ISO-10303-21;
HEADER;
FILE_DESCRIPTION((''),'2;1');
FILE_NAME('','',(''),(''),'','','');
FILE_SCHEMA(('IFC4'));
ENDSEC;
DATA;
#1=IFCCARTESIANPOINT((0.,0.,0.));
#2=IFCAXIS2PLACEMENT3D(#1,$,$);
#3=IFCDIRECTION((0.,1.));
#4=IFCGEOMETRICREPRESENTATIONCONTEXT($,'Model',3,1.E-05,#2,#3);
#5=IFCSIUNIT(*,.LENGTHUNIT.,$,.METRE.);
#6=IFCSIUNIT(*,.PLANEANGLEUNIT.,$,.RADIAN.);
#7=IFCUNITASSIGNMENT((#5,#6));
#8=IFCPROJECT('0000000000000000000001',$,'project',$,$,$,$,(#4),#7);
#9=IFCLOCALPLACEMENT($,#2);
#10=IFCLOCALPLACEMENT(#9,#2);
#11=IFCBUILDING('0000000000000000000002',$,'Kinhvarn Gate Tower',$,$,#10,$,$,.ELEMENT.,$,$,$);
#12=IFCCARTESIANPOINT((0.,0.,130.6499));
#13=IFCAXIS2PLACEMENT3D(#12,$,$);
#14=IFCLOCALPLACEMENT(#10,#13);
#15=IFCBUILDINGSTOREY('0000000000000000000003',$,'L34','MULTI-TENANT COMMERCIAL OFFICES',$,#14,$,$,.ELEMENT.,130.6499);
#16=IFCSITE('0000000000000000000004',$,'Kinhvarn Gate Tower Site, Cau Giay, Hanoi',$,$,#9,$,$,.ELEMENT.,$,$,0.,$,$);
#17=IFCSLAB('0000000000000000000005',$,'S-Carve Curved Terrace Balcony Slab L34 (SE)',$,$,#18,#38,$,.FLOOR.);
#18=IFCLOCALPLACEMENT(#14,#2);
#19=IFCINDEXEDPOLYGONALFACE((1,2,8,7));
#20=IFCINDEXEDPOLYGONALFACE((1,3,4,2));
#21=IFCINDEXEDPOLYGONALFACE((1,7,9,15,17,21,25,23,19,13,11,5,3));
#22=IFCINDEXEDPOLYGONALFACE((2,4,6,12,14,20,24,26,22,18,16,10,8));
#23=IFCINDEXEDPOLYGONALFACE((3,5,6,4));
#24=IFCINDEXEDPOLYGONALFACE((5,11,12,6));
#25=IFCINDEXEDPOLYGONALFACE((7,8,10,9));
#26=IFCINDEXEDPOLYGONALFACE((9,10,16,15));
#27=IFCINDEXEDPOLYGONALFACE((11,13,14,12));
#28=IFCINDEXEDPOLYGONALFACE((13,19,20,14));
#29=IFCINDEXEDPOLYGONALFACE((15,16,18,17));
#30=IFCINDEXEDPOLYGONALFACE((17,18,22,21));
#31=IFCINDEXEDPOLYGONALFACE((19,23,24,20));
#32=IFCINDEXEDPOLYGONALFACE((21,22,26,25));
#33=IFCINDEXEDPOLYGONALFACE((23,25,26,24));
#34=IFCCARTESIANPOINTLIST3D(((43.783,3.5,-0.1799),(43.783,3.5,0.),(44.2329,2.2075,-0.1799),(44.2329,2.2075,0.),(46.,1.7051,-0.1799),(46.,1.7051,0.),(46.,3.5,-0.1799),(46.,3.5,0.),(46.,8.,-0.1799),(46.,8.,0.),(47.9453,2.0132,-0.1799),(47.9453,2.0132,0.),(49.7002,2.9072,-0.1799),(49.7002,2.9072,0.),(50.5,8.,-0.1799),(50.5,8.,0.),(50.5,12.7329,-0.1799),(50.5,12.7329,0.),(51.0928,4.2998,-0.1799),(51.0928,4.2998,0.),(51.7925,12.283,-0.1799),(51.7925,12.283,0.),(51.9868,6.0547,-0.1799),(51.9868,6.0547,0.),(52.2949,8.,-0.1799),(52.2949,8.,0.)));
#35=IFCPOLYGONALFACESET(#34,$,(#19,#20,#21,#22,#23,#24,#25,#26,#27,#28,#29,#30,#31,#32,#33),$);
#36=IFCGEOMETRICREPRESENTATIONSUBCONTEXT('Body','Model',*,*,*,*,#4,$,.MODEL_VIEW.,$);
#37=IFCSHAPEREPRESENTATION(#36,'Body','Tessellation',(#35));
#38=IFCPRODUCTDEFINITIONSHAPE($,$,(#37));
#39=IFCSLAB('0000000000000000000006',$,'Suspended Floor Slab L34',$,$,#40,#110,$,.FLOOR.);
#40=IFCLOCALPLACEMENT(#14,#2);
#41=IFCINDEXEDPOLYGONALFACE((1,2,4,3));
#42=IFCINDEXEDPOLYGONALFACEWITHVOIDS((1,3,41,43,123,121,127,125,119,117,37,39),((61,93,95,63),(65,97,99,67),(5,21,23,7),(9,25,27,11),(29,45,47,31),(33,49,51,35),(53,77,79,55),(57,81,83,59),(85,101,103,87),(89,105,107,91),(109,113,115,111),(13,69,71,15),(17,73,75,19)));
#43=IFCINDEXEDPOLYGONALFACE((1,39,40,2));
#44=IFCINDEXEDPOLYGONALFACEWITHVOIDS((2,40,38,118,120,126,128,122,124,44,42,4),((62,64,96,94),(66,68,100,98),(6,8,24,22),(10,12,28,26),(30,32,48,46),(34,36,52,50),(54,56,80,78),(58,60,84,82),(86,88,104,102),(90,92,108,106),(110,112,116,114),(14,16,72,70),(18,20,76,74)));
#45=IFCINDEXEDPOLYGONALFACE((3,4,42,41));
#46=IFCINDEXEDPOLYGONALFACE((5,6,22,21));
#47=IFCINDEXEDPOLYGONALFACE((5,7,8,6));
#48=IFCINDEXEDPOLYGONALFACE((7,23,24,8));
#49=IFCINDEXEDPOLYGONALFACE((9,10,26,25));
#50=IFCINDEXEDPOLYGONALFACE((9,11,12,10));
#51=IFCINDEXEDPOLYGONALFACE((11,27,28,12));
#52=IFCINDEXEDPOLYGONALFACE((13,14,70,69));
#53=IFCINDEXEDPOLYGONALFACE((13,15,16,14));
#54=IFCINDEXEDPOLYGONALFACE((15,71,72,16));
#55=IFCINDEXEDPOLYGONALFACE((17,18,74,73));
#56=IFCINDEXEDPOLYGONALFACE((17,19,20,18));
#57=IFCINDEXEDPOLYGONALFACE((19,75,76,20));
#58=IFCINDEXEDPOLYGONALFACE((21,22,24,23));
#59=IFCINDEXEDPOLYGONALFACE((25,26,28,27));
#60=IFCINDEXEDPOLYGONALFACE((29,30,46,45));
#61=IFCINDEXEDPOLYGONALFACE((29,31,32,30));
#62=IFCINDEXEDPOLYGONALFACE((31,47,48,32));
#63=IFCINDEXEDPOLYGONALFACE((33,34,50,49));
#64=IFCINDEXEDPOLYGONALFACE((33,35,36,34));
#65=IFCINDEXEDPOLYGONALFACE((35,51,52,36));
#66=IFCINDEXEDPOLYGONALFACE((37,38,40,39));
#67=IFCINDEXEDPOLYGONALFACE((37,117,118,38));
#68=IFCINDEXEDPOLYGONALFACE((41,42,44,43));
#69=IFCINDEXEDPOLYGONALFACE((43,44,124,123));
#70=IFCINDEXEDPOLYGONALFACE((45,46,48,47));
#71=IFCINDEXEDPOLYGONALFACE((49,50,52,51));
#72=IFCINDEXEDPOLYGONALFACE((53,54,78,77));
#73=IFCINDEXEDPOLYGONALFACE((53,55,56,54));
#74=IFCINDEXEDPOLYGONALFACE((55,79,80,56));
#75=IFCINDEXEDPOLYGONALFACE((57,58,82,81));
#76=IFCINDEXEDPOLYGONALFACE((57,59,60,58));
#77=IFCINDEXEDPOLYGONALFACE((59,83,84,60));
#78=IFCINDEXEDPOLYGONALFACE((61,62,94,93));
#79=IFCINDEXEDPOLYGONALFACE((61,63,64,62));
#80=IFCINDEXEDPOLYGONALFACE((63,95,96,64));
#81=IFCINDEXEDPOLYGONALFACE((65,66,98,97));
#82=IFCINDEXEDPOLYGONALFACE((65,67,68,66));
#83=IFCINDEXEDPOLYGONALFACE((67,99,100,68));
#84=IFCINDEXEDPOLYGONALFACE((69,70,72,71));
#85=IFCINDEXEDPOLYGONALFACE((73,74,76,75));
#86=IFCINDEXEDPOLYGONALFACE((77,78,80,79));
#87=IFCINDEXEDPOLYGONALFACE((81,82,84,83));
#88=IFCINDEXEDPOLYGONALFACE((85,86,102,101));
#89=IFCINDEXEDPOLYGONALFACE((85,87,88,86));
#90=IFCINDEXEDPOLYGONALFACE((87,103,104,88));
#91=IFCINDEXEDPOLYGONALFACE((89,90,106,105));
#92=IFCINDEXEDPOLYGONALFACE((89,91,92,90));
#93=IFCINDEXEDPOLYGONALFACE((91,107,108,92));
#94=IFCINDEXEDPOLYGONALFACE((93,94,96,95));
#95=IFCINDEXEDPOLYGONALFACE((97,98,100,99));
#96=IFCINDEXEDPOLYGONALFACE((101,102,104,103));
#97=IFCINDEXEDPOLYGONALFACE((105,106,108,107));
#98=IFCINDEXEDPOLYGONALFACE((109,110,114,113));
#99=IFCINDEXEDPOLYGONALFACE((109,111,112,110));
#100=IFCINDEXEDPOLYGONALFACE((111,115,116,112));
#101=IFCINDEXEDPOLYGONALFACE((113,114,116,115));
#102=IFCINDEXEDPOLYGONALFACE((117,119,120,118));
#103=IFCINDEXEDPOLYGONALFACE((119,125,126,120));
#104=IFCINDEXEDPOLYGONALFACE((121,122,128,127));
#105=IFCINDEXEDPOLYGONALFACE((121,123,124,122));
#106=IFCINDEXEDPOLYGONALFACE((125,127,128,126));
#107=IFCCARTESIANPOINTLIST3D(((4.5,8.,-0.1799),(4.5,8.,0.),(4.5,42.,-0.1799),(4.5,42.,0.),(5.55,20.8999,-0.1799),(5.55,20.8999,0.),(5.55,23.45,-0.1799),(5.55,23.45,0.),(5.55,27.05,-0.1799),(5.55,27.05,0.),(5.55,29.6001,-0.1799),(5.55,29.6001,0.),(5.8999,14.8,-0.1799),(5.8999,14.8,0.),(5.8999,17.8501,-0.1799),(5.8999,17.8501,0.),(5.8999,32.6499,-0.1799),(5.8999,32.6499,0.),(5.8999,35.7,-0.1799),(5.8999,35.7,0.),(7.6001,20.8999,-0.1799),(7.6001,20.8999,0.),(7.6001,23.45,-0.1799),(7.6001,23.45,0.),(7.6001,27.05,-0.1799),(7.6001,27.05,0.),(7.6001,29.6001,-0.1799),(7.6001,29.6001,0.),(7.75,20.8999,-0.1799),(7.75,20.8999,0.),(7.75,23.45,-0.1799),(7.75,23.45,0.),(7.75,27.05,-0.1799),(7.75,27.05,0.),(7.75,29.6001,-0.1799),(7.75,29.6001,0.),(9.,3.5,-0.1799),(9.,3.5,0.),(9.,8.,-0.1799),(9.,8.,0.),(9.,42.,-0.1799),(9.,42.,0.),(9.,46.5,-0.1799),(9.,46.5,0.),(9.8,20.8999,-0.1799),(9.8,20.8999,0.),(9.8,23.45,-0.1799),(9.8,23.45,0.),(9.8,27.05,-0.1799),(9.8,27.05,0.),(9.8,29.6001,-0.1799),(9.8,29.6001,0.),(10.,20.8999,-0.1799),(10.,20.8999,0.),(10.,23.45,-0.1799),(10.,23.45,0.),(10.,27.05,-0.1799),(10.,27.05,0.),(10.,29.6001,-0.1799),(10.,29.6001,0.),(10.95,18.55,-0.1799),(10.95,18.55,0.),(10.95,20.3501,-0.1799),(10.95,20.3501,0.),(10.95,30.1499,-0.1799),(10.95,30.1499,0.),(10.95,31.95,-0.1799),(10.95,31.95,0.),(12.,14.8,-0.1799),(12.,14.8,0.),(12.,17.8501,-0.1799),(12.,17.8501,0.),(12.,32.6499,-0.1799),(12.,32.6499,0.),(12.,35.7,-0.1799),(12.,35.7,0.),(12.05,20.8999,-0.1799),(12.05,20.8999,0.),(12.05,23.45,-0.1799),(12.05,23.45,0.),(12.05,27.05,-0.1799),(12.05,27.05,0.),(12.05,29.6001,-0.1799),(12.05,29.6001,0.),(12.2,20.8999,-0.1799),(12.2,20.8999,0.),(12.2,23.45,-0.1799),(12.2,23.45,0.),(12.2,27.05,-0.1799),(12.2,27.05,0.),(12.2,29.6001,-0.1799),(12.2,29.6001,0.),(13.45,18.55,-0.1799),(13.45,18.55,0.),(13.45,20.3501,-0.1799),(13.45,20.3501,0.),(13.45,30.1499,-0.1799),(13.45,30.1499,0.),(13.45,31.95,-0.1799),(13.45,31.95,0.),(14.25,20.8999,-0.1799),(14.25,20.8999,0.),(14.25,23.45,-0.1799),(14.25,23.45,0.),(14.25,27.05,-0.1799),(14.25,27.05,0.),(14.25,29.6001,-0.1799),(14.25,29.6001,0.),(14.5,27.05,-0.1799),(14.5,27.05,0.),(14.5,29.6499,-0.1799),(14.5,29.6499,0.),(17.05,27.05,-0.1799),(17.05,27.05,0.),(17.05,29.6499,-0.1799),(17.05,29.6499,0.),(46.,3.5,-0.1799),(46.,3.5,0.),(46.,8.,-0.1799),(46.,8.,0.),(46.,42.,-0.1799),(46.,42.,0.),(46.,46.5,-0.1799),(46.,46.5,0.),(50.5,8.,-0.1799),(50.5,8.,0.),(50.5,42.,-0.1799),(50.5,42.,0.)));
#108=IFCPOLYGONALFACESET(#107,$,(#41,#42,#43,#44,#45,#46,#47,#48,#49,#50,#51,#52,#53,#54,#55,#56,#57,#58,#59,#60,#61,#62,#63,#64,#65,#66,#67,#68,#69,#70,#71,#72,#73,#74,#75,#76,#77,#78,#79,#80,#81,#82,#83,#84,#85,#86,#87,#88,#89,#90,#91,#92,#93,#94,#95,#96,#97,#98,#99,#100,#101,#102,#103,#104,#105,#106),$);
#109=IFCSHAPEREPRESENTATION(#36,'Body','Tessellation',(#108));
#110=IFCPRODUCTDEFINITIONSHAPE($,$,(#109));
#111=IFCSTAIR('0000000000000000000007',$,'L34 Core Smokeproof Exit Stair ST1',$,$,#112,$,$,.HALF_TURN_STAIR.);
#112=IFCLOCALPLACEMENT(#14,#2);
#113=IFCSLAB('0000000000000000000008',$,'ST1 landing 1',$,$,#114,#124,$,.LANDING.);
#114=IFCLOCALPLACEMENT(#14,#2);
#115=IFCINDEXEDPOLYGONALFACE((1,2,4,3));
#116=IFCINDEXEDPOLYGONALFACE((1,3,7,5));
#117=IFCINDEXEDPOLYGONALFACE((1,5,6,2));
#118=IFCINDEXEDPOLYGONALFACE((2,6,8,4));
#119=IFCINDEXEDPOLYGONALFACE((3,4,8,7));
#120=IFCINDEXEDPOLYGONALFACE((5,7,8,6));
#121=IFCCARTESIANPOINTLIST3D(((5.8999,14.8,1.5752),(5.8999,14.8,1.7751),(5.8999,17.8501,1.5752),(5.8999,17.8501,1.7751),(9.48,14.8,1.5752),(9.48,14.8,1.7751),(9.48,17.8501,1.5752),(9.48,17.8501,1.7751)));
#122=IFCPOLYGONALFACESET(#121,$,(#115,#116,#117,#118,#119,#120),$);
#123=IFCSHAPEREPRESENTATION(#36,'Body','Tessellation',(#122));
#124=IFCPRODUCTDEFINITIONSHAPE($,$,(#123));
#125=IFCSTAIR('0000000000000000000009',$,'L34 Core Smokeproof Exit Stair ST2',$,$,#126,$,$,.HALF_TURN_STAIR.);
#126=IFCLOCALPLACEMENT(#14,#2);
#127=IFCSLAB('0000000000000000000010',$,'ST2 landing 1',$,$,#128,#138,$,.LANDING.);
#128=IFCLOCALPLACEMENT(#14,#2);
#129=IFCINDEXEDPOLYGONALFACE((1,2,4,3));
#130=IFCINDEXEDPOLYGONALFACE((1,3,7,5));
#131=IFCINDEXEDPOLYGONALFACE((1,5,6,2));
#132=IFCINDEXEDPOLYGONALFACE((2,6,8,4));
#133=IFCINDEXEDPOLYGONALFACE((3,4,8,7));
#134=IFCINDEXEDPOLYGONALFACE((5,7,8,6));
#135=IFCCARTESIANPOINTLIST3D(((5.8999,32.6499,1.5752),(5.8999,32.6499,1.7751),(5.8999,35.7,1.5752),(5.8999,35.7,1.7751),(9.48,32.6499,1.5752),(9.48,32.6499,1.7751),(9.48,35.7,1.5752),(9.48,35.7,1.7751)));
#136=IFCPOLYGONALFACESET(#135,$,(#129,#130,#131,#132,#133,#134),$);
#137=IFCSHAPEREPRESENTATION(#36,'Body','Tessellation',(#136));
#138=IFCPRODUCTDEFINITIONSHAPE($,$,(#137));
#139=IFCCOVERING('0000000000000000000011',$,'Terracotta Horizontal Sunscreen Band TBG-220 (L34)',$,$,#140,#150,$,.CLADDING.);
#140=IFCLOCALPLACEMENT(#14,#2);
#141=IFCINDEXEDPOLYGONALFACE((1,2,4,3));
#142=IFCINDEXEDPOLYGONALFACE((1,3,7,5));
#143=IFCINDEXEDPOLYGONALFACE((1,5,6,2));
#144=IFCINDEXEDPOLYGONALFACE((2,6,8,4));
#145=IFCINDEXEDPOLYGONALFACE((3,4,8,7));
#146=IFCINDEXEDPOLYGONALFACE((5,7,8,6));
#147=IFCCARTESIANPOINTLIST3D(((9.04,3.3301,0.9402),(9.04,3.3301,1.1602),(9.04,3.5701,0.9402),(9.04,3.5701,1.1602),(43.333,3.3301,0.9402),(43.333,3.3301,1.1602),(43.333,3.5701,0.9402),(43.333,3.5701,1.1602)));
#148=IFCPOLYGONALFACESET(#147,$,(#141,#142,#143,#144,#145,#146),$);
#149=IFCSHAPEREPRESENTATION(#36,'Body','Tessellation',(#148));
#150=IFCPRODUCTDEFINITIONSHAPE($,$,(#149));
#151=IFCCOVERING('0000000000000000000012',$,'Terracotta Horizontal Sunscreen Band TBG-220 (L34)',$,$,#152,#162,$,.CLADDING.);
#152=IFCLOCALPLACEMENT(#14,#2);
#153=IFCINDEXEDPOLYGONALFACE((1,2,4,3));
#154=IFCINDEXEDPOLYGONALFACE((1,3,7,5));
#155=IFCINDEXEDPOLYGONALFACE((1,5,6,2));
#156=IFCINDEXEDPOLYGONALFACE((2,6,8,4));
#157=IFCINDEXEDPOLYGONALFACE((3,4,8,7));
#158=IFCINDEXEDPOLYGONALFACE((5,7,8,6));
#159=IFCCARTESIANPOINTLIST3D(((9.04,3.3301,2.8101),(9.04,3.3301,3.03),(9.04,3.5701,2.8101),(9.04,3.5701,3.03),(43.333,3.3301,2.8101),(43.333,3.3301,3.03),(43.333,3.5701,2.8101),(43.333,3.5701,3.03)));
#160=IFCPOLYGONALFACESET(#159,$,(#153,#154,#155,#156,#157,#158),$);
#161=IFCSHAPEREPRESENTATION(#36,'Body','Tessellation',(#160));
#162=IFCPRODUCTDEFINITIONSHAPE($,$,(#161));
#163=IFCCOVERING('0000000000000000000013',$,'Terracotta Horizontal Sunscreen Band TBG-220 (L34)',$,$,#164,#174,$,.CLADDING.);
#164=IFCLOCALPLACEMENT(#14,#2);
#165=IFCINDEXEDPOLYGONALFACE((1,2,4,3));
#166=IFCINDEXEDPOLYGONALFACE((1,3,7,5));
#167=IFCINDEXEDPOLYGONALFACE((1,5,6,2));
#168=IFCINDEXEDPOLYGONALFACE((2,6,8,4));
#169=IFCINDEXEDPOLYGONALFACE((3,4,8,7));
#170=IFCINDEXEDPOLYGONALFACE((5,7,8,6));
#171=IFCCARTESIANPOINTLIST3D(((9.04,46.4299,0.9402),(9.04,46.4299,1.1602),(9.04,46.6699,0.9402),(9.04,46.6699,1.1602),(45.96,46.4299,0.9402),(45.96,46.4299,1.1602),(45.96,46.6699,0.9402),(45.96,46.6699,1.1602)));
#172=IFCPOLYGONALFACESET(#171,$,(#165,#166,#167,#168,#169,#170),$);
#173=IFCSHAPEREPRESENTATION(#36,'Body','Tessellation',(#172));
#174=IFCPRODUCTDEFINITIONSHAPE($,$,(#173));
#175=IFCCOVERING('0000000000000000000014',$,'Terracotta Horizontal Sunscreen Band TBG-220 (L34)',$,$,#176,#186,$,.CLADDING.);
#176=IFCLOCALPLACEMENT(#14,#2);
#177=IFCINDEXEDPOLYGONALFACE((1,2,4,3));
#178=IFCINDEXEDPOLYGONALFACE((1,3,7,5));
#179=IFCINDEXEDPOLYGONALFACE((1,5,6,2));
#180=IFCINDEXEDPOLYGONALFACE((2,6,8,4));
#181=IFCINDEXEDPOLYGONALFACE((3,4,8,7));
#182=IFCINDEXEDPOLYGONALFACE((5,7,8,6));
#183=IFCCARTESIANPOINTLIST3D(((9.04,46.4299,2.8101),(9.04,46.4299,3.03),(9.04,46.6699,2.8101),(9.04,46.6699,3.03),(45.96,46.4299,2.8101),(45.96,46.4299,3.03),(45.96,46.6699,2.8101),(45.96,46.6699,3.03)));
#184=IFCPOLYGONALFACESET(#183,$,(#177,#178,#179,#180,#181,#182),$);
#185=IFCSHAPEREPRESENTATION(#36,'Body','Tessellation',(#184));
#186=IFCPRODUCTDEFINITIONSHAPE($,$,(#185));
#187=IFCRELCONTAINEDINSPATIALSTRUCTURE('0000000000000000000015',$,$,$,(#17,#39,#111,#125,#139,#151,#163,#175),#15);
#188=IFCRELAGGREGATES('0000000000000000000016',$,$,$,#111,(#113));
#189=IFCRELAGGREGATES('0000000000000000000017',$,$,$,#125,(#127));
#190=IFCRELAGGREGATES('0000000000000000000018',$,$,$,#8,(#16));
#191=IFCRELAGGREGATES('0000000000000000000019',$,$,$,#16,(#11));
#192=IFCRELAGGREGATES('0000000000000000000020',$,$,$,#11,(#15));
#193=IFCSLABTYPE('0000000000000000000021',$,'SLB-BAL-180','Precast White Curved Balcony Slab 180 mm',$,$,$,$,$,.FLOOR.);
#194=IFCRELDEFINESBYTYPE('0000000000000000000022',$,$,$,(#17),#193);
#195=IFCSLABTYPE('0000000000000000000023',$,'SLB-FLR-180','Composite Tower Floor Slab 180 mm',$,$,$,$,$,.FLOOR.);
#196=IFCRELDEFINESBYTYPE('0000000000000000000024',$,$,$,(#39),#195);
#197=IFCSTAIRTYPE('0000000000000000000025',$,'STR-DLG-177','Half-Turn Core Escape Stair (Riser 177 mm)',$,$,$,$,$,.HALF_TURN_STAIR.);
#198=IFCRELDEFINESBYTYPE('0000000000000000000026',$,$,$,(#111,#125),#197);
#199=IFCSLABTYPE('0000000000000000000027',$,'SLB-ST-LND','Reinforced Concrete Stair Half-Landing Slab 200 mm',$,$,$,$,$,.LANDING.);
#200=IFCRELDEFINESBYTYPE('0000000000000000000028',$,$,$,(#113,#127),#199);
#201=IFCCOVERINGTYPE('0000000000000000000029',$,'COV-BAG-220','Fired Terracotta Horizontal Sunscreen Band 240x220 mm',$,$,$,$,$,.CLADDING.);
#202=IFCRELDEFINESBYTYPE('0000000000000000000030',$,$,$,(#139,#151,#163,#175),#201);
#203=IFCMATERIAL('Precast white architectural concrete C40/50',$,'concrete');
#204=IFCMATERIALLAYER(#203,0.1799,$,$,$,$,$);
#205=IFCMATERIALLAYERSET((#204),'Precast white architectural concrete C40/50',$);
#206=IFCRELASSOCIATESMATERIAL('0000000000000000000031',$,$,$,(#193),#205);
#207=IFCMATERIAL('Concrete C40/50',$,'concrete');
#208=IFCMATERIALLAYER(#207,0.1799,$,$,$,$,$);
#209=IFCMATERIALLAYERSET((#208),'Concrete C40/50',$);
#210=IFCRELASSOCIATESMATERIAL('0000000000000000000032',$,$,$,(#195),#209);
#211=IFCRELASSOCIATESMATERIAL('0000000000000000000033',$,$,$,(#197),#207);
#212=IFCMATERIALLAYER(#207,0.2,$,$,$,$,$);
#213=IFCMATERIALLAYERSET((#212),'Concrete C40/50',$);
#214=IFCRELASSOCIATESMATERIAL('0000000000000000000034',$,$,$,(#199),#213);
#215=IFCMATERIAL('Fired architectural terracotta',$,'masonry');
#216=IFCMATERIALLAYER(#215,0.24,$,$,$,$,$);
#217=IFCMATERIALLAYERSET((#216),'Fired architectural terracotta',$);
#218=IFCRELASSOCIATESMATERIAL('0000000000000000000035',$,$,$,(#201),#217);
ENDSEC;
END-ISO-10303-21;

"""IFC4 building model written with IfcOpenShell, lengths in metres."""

from ifc_helpers import new_model, si_unit, direction, frame, origin, place, context, subcontext, project, spatial, polyline, outline, extrude, material, layer, layer_set, type_object, element, aggregate, save


model = new_model("IFC4")

# Units and contexts
model_context = context("Model", 3, precision=1e-05, world=origin(), true_north=direction((0.0, 1.0)))
body_context = subcontext(model_context, "Body", "Model", "MODEL_VIEW")
ifc_project = project(units=[si_unit("LENGTHUNIT", "METRE"), si_unit("PLANEANGLEUNIT", "RADIAN")], contexts=[model_context])

# Site, building, storey
site_placement = place(None, origin())
site = spatial("IfcSite", under=ifc_project, at=site_placement, Name="Kinhvarn Gate Tower Site, Cau Giay, Hanoi", CompositionType="ELEMENT", RefElevation=0.0)
building_placement = place(site_placement, origin())
building = spatial("IfcBuilding", under=site, at=building_placement, Name="Kinhvarn Gate Tower", CompositionType="ELEMENT")
storey_placement = place(building_placement, frame((0.0, 0.0, 130.6499)))
storey = spatial("IfcBuildingStorey", under=building, at=storey_placement, Name="L34", Description="MULTI-TENANT COMMERCIAL OFFICES", CompositionType="ELEMENT", Elevation=130.6499)

# Slabs
ifc_material_1 = material(Name="Precast white architectural concrete C40/50", Category="concrete")
ifc_layer_1 = layer(ifc_material_1, 0.1799)
ifc_layer_set_1 = layer_set([ifc_layer_1], Name="Precast white architectural concrete C40/50")
slab_type_1 = type_object("IfcSlabType", Name="SLB-BAL-180", Description="Precast White Curved Balcony Slab 180 mm", PredefinedType="FLOOR", material=ifc_layer_set_1)
slab_1_placement = place(storey_placement, frame((0.0, 0.0, -0.1799)))
element("IfcSlab", 1, at=slab_1_placement, inside=storey, type_object=slab_type_1, Name="S-Carve Curved Terrace Balcony Slab L34 (SE)", PredefinedType="FLOOR", context=body_context, shape_type="SweptSolid", body=[
    extrude(outline(polyline([(43.783, 3.5), (44.2329, 2.2075), (46.0, 1.7051), (47.9453, 2.0132), (49.7002, 2.9072), (51.0928, 4.2998), (51.9868, 6.0547), (52.2949, 8.0), (51.7925, 12.283), (50.5, 12.7329), (50.5, 8.0), (46.0, 8.0), (46.0, 3.5), (43.783, 3.5)])), origin(), (0.0, 0.0, 1.0), 0.1799),
])
ifc_material_2 = material(Name="Concrete C40/50", Category="concrete")
ifc_layer_2 = layer(ifc_material_2, 0.1799)
ifc_layer_set_2 = layer_set([ifc_layer_2], Name="Concrete C40/50")
slab_type_2 = type_object("IfcSlabType", Name="SLB-FLR-180", Description="Composite Tower Floor Slab 180 mm", PredefinedType="FLOOR", material=ifc_layer_set_2)
slab_2_placement = place(storey_placement, frame((0.0, 0.0, -0.1799)))
element("IfcSlab", 2, at=slab_2_placement, inside=storey, type_object=slab_type_2, Name="Suspended Floor Slab L34", PredefinedType="FLOOR", context=body_context, shape_type="SweptSolid", body=[
    extrude(outline(polyline([(9.0, 3.5), (46.0, 3.5), (46.0, 8.0), (50.5, 8.0), (50.5, 42.0), (46.0, 42.0), (46.0, 46.5), (9.0, 46.5), (9.0, 42.0), (4.5, 42.0), (4.5, 8.0), (9.0, 8.0), (9.0, 3.5)]), holes=[polyline([(5.8999, 14.8), (12.0, 14.8), (12.0, 17.8501), (5.8999, 17.8501), (5.8999, 14.8)]), polyline([(5.8999, 32.6499), (12.0, 32.6499), (12.0, 35.7), (5.8999, 35.7), (5.8999, 32.6499)]), polyline([(5.55, 20.8999), (7.6001, 20.8999), (7.6001, 23.45), (5.55, 23.45), (5.55, 20.8999)]), polyline([(7.75, 20.8999), (9.8, 20.8999), (9.8, 23.45), (7.75, 23.45), (7.75, 20.8999)]), polyline([(5.55, 27.05), (7.6001, 27.05), (7.6001, 29.6001), (5.55, 29.6001), (5.55, 27.05)]), polyline([(7.75, 27.05), (9.8, 27.05), (9.8, 29.6001), (7.75, 29.6001), (7.75, 27.05)]), polyline([(10.0, 20.8999), (12.05, 20.8999), (12.05, 23.45), (10.0, 23.45), (10.0, 20.8999)]), polyline([(12.2, 20.8999), (14.25, 20.8999), (14.25, 23.45), (12.2, 23.45), (12.2, 20.8999)]), polyline([(10.0, 27.05), (12.05, 27.05), (12.05, 29.6001), (10.0, 29.6001), (10.0, 27.05)]), polyline([(12.2, 27.05), (14.25, 27.05), (14.25, 29.6001), (12.2, 29.6001), (12.2, 27.05)]), polyline([(14.5, 27.05), (17.05, 27.05), (17.05, 29.6499), (14.5, 29.6499), (14.5, 27.05)]), polyline([(10.95, 18.55), (13.45, 18.55), (13.45, 20.3501), (10.95, 20.3501), (10.95, 18.55)]), polyline([(10.95, 30.1499), (13.45, 30.1499), (13.45, 31.95), (10.95, 31.95), (10.95, 30.1499)])]), origin(), (0.0, 0.0, 1.0), 0.1799),
])

# Stairs, slabs
stair_type = type_object("IfcStairType", Name="STR-DLG-177", Description="Half-Turn Core Escape Stair (Riser 177 mm)", PredefinedType="HALF_TURN_STAIR", material=ifc_material_2)
stair_1_placement = place(storey_placement, origin())
stair_1 = element("IfcStair", 3, at=stair_1_placement, inside=storey, type_object=stair_type, Name="L34 Core Smokeproof Exit Stair ST1", PredefinedType="HALF_TURN_STAIR")
ifc_layer_3 = layer(ifc_material_2, 0.2)
ifc_layer_set_3 = layer_set([ifc_layer_3], Name="Concrete C40/50")
slab_type_3 = type_object("IfcSlabType", Name="SLB-ST-LND", Description="Reinforced Concrete Stair Half-Landing Slab 200 mm", PredefinedType="LANDING", material=ifc_layer_set_3)
slab_3_placement = place(storey_placement, frame((0.0, 0.0, 1.5752)))
slab_3 = element("IfcSlab", 4, at=slab_3_placement, type_object=slab_type_3, Name="ST1 landing 1", PredefinedType="LANDING", context=body_context, shape_type="SweptSolid", body=[
    extrude(outline(polyline([(9.48, 17.8501), (5.8999, 17.8501), (5.8999, 14.8), (9.48, 14.8), (9.48, 17.8501)])), origin(), (0.0, 0.0, 1.0), 0.2),
])
aggregate(stair_1, [slab_3])
stair_2_placement = place(storey_placement, origin())
stair_2 = element("IfcStair", 5, at=stair_2_placement, inside=storey, type_object=stair_type, Name="L34 Core Smokeproof Exit Stair ST2", PredefinedType="HALF_TURN_STAIR")
slab_4_placement = place(storey_placement, frame((0.0, 0.0, 1.5752)))
slab_4 = element("IfcSlab", 6, at=slab_4_placement, type_object=slab_type_3, Name="ST2 landing 1", PredefinedType="LANDING", context=body_context, shape_type="SweptSolid", body=[
    extrude(outline(polyline([(9.48, 35.7), (5.8999, 35.7), (5.8999, 32.6499), (9.48, 32.6499), (9.48, 35.7)])), origin(), (0.0, 0.0, 1.0), 0.2),
])
aggregate(stair_2, [slab_4])

# Coverings
ifc_material_3 = material(Name="Fired architectural terracotta", Category="masonry")
ifc_layer_4 = layer(ifc_material_3, 0.24)
ifc_layer_set_4 = layer_set([ifc_layer_4], Name="Fired architectural terracotta")
covering_type_1 = type_object("IfcCoveringType", Name="COV-BAG-220", Description="Fired Terracotta Horizontal Sunscreen Band 240x220 mm", PredefinedType="CLADDING", material=ifc_layer_set_4)
for number, where, name in (
    (7, (0.0, 0.0, 0.9402), "Terracotta Horizontal Sunscreen Band TBG-220 (L34)"),
    (8, (0.0, 0.0, 2.8101), "Terracotta Horizontal Sunscreen Band TBG-220 (L34)"),
):
    element("IfcCovering", number, at=place(storey_placement, frame(where)), inside=storey, type_object=covering_type_1, Name=name, PredefinedType="CLADDING", context=body_context, shape_type="SweptSolid", body=[
        extrude(outline(polyline([(9.04, 3.5701), (43.333, 3.5701), (43.333, 3.3301), (9.04, 3.3301), (9.04, 3.5701)])), origin(), (0.0, 0.0, 1.0), 0.22),
    ])
for number, where, name in (
    (9, (0.0, 0.0, 0.9402), "Terracotta Horizontal Sunscreen Band TBG-220 (L34)"),
    (10, (0.0, 0.0, 2.8101), "Terracotta Horizontal Sunscreen Band TBG-220 (L34)"),
):
    element("IfcCovering", number, at=place(storey_placement, frame(where)), inside=storey, type_object=covering_type_1, Name=name, PredefinedType="CLADDING", context=body_context, shape_type="SweptSolid", body=[
        extrude(outline(polyline([(45.96, 46.4299), (9.04, 46.4299), (9.04, 46.6699), (45.96, 46.6699), (45.96, 46.4299)])), origin(), (0.0, 0.0, 1.0), 0.22),
    ])

save(model, "model.ifc")
